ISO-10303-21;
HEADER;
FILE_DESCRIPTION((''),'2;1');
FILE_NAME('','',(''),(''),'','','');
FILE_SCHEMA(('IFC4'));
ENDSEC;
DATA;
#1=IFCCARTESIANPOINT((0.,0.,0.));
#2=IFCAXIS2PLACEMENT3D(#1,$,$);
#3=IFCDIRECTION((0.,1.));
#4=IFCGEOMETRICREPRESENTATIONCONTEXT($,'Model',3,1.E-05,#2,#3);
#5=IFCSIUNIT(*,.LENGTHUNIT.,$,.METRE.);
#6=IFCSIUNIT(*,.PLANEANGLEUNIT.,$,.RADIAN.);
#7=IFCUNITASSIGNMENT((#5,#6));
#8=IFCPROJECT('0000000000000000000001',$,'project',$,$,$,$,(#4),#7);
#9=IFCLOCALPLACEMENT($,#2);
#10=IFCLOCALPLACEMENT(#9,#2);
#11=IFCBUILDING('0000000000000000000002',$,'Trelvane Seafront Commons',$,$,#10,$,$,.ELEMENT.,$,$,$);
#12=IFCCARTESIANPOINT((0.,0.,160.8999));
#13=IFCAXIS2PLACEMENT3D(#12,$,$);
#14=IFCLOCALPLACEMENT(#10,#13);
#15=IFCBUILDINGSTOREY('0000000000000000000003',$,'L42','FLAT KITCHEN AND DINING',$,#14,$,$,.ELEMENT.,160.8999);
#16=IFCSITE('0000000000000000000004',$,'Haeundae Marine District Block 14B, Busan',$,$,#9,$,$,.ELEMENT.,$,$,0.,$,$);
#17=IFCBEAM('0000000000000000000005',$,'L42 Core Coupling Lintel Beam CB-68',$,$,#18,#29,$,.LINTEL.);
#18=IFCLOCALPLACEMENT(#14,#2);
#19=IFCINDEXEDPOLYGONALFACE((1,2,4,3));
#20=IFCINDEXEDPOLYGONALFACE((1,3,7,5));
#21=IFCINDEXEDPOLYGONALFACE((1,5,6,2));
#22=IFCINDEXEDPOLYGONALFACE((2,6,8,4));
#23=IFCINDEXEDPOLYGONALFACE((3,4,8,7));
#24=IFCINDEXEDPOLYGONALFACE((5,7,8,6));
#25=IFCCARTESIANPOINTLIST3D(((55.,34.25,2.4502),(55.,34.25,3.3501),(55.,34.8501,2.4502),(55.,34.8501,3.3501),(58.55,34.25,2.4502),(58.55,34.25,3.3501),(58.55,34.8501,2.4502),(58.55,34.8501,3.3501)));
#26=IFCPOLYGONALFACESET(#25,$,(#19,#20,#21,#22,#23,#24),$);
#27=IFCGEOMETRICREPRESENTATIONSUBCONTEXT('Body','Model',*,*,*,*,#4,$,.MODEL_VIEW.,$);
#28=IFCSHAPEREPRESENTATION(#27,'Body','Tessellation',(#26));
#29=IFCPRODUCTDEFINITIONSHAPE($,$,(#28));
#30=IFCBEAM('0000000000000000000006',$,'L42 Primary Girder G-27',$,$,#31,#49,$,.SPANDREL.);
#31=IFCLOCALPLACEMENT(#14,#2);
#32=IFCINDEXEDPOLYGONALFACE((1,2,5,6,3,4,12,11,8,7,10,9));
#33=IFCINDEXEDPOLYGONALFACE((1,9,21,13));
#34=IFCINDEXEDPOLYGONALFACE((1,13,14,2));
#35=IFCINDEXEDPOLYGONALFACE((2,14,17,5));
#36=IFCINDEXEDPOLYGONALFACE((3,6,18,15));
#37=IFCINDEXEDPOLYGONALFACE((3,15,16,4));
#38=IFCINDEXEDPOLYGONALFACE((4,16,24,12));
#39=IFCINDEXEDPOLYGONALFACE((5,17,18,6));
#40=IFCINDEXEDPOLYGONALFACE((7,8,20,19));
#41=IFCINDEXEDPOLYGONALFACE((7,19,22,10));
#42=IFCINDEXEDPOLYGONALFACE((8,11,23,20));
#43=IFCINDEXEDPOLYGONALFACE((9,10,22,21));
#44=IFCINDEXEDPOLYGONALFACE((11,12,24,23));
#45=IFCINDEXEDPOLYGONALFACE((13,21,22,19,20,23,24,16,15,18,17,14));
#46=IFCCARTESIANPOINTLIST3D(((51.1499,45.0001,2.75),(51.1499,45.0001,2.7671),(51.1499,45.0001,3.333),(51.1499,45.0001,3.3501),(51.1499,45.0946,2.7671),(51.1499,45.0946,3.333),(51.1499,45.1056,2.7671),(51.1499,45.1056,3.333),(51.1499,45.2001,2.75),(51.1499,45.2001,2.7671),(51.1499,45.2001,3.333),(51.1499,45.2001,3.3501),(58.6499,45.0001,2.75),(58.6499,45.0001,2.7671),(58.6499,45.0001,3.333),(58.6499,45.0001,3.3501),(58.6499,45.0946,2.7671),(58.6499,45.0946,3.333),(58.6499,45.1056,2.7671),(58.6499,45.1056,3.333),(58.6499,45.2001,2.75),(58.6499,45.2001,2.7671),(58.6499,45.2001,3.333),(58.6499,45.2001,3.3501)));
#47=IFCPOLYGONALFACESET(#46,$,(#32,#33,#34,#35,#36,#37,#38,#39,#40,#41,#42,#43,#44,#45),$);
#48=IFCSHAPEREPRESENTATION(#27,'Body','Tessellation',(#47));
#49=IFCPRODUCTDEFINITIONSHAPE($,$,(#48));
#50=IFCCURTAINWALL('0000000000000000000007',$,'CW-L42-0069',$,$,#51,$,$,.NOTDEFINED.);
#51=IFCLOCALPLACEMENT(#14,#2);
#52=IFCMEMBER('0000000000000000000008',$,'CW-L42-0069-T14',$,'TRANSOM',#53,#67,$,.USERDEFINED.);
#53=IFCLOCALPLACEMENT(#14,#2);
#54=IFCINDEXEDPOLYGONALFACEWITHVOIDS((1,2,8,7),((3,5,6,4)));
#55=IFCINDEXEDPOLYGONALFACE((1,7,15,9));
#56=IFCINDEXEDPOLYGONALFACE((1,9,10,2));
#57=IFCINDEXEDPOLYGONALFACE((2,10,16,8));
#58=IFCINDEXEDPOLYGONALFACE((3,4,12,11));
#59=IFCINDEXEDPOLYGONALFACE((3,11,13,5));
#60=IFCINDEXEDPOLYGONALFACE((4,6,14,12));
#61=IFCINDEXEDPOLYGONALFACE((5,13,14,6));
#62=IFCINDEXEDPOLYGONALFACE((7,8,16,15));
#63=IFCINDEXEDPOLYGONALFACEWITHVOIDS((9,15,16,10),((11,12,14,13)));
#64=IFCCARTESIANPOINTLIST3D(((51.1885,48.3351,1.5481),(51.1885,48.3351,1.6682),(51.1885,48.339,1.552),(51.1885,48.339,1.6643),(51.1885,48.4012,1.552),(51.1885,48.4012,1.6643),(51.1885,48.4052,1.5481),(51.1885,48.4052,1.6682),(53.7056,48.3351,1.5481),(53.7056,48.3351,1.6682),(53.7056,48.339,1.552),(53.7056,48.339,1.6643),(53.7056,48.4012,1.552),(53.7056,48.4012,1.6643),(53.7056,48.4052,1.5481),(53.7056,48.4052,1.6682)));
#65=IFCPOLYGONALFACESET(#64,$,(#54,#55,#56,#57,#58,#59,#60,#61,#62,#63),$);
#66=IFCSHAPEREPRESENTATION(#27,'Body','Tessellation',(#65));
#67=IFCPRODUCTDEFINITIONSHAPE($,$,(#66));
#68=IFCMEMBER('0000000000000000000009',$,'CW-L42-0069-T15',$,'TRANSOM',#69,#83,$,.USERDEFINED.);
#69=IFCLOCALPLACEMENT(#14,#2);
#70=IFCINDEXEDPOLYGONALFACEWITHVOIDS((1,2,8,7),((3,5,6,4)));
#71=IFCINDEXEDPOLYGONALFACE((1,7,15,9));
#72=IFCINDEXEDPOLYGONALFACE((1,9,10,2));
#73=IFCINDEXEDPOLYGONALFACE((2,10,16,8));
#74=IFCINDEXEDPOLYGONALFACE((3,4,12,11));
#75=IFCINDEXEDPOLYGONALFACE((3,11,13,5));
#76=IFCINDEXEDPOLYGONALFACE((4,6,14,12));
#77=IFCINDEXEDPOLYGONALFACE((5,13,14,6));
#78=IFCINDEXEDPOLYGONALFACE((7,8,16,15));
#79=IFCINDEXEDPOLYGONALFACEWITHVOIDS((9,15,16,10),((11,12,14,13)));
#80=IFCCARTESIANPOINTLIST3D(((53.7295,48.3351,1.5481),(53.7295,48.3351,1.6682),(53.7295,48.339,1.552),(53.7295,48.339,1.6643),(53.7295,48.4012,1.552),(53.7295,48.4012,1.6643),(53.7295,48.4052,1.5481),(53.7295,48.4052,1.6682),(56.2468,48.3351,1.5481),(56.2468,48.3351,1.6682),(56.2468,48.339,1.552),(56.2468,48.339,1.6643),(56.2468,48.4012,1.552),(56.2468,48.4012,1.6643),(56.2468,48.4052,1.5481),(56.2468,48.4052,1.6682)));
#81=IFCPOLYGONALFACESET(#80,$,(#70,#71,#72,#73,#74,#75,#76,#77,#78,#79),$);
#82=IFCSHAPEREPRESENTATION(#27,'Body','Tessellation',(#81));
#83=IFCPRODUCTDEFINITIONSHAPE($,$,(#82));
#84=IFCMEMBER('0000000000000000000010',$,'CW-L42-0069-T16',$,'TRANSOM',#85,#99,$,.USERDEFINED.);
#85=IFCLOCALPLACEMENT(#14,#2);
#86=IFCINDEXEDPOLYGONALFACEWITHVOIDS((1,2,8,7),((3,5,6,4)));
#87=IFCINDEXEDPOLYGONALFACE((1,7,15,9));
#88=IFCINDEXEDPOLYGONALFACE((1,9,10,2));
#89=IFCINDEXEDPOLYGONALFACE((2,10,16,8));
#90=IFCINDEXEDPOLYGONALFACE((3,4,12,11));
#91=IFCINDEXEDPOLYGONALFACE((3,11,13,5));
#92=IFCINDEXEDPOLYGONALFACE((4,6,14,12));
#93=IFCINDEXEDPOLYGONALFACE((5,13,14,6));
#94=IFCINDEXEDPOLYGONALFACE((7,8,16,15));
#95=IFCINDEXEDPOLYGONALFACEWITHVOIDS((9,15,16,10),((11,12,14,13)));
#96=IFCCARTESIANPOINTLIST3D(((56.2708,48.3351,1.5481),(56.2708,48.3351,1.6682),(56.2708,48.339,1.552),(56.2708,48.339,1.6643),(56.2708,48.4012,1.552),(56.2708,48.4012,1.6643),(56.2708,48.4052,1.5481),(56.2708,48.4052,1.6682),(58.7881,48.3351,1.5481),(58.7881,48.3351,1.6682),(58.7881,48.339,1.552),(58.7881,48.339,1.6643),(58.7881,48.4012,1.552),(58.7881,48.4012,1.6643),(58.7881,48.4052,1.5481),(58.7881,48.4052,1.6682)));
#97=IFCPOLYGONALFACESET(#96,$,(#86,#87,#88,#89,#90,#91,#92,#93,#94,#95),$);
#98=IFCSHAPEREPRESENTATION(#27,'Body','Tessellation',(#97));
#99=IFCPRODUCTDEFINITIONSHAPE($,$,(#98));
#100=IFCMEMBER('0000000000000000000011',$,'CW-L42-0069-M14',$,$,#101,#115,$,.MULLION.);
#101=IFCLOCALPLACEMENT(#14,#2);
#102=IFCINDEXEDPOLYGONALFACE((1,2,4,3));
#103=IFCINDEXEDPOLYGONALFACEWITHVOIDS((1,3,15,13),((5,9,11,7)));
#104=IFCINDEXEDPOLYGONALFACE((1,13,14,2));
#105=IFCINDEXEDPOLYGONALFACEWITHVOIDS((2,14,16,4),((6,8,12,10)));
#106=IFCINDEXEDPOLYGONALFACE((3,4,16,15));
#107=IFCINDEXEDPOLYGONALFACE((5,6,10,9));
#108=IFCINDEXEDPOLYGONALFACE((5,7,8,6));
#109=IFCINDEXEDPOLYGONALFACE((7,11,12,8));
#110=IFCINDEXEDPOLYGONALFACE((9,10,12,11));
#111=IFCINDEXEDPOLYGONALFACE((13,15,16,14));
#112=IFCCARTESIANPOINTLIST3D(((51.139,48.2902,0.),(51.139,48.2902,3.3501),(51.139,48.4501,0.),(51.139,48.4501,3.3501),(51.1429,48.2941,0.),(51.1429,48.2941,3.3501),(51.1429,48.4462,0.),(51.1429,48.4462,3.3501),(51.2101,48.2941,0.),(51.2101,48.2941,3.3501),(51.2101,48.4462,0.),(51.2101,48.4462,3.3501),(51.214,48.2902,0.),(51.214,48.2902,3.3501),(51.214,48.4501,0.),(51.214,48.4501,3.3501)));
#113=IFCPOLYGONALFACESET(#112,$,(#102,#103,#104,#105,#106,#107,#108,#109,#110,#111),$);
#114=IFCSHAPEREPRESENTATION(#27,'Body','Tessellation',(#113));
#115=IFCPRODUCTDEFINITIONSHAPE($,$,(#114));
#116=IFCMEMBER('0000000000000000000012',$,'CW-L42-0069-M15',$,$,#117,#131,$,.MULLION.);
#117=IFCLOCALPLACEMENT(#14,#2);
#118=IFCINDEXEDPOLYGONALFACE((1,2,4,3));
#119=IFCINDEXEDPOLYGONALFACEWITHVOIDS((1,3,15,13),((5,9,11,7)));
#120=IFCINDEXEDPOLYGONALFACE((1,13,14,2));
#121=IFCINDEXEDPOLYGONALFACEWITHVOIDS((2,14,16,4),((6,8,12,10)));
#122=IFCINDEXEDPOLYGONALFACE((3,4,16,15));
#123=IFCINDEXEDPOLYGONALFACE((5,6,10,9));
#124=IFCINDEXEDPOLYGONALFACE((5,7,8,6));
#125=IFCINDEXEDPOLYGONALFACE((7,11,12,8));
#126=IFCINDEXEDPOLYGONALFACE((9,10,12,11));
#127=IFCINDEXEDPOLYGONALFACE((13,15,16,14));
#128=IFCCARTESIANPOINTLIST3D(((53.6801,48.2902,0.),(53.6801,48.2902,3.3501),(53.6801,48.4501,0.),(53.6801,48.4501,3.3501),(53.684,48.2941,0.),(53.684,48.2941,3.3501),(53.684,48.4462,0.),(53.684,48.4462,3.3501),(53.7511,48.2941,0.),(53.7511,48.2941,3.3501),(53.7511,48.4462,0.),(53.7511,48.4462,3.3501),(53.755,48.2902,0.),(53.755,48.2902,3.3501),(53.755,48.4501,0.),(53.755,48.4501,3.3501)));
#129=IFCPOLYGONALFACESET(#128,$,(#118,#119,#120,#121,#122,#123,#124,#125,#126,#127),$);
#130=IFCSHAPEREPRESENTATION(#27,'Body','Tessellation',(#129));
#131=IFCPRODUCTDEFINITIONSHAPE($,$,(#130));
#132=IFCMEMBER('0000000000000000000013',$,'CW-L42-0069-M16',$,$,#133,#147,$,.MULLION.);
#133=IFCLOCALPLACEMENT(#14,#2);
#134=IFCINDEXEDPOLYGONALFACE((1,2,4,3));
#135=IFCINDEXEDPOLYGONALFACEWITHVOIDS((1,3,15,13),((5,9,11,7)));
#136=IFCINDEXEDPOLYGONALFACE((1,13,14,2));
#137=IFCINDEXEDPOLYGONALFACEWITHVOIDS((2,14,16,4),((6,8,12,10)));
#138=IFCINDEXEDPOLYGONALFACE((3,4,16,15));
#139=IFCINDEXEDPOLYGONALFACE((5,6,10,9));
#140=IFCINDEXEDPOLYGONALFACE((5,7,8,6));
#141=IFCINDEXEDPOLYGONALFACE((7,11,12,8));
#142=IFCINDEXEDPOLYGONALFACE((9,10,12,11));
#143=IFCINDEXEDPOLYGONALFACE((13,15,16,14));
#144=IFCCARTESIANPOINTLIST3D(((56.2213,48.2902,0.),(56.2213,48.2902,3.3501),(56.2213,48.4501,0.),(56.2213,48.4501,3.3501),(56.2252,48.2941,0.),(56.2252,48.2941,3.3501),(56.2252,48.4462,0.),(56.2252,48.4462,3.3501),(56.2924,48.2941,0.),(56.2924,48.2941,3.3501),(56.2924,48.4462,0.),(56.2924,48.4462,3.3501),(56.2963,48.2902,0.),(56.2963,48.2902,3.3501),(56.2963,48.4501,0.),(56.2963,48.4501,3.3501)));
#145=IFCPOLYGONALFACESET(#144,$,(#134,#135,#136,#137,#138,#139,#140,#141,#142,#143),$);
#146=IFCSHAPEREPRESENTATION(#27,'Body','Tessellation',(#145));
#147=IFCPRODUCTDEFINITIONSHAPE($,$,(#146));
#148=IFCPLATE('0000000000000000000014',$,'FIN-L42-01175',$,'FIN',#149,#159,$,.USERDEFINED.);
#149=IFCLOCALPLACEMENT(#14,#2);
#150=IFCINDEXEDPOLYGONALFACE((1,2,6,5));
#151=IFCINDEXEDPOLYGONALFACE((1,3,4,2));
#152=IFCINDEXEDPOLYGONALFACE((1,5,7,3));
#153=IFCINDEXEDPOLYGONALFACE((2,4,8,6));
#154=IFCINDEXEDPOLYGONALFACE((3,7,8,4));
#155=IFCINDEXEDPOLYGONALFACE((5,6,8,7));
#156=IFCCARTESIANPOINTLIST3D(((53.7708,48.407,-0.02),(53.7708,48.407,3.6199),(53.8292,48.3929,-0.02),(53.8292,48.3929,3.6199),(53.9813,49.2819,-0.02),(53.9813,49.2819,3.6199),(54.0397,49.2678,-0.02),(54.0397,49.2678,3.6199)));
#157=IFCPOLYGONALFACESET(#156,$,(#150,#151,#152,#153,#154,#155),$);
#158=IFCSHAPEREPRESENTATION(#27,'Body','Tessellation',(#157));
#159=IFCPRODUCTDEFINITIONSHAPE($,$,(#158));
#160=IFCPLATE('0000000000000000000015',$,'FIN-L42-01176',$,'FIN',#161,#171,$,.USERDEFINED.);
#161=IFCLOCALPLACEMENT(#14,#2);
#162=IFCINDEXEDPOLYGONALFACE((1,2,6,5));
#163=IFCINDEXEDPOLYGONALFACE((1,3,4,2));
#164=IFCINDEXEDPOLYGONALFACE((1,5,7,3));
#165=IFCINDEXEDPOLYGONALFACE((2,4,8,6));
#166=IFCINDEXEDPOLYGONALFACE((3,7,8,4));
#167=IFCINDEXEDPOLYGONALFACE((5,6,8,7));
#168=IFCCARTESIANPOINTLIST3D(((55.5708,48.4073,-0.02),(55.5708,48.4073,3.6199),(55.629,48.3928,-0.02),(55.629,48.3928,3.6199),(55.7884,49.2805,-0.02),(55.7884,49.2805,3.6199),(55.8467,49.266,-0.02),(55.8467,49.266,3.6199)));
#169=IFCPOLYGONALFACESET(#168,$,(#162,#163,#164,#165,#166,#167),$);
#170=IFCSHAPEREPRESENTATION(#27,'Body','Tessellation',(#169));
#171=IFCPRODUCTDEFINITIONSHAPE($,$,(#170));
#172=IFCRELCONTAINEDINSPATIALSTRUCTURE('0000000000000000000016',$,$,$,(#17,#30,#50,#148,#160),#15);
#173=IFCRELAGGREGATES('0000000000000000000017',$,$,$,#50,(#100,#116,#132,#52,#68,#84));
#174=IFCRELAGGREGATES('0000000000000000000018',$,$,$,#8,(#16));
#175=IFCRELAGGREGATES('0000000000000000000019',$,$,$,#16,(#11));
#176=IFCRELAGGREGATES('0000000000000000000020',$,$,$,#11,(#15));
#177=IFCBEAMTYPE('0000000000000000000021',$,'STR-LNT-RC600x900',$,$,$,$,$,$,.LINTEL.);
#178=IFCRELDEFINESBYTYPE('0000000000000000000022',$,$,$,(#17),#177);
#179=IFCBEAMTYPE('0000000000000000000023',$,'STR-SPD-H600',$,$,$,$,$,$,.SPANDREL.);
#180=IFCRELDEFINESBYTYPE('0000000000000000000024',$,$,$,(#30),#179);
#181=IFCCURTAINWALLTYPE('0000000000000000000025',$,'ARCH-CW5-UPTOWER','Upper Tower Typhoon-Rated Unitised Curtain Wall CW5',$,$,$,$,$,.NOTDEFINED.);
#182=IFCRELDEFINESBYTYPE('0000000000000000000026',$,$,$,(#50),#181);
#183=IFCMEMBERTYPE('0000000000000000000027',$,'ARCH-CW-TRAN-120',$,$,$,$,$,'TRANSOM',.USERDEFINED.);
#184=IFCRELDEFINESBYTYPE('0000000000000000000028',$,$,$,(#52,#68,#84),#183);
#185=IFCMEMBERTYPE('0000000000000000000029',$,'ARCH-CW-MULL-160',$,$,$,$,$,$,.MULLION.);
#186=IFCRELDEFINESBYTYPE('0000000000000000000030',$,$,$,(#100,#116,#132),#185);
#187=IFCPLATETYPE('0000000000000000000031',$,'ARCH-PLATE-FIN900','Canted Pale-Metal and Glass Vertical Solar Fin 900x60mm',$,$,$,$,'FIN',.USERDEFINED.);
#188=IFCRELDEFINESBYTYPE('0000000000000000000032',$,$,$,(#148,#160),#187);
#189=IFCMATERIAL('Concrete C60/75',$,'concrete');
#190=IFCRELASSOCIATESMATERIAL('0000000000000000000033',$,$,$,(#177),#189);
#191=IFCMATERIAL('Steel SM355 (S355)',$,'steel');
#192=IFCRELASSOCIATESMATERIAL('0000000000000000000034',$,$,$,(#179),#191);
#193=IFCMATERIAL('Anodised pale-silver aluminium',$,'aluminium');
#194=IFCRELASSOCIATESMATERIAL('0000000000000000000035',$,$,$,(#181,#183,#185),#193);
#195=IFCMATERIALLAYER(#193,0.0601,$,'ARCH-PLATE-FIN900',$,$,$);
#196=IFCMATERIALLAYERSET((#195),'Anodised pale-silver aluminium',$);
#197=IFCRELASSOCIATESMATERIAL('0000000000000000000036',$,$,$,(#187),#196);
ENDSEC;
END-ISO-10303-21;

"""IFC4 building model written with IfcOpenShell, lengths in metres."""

from ifc_helpers import new_model, si_unit, direction, frame, origin, origin_2d, place, context, subcontext, project, spatial, rectangle, hollow_rectangle, i_section, extrude, source, transform, mapped, material, layer, layer_set, material_profile, profile_set, type_object, element, aggregate, save


model = new_model("IFC4")

# Units and contexts
model_context = context("Model", 3, precision=1e-05, world=origin(), true_north=direction((0.0, 1.0)))
body_context = subcontext(model_context, "Body", "Model", "MODEL_VIEW")
ifc_project = project(units=[si_unit("LENGTHUNIT", "METRE"), si_unit("PLANEANGLEUNIT", "RADIAN")], contexts=[model_context])

# Site, building, storey
site_placement = place(None, origin())
site = spatial("IfcSite", under=ifc_project, at=site_placement, Name="Haeundae Marine District Block 14B, Busan", CompositionType="ELEMENT", RefElevation=0.0)
building_placement = place(site_placement, origin())
building = spatial("IfcBuilding", under=site, at=building_placement, Name="Trelvane Seafront Commons", CompositionType="ELEMENT")
storey_placement = place(building_placement, frame((0.0, 0.0, 160.8999)))
storey = spatial("IfcBuildingStorey", under=building, at=storey_placement, Name="L42", Description="FLAT KITCHEN AND DINING", CompositionType="ELEMENT", Elevation=160.8999)

# Beams
ifc_material_1 = material(Name="Concrete C60/75", Category="concrete")
ifc_material_profile_1 = material_profile(ifc_material_1, rectangle(XDim=0.6001, YDim=0.8999, at=origin_2d()), Name="RC-600x900")
ifc_profile_set_1 = profile_set([ifc_material_profile_1], Name="Concrete C60/75")
beam_type_1 = type_object("IfcBeamType", Name="STR-LNT-RC600x900", PredefinedType="LINTEL", material=ifc_profile_set_1)
shared_shape_1 = source(origin(), body_context, "Body", "SweptSolid", [
    extrude(rectangle(XDim=0.6001, YDim=0.8999, at=origin_2d()), origin(), (0.0, 0.0, 1.0), 3.55),
])
beam_1_placement = place(storey_placement, frame((55.0, 34.55, 2.9001), z_axis=(1.0, 0.0, 0.0), x_axis=(0.0, 1.0, 0.0)))
element("IfcBeam", 1, at=beam_1_placement, inside=storey, type_object=beam_type_1, Name="L42 Core Coupling Lintel Beam CB-68", PredefinedType="LINTEL", context=body_context, shape_type="MappedRepresentation", body=[
    mapped(shared_shape_1, transform((0.0, 0.0, 0.0), x_axis=(1.0, 0.0, 0.0), y_axis=(0.0, 1.0, 0.0), z_axis=(0.0, 0.0, 1.0), scale=1.0)),
])
ifc_material_2 = material(Name="Steel SM355 (S355)", Category="steel")
ifc_material_profile_2 = material_profile(ifc_material_2, i_section(OverallWidth=0.2, OverallDepth=0.6001, WebThickness=0.011, FlangeThickness=0.0171, at=origin_2d()), Name="H-600x200x11x17")
ifc_profile_set_2 = profile_set([ifc_material_profile_2], Name="Steel SM355 (S355)")
beam_type_2 = type_object("IfcBeamType", Name="STR-SPD-H600", PredefinedType="SPANDREL", material=ifc_profile_set_2)
shared_shape_2 = source(origin(), body_context, "Body", "SweptSolid", [
    extrude(i_section(OverallWidth=0.2, OverallDepth=0.6001, WebThickness=0.011, FlangeThickness=0.0171, at=origin_2d()), origin(), (0.0, 0.0, 1.0), 7.5),
])
beam_2_placement = place(storey_placement, frame((51.1499, 45.1001, 3.05), z_axis=(1.0, 0.0, 0.0), x_axis=(0.0, 1.0, 0.0)))
element("IfcBeam", 2, at=beam_2_placement, inside=storey, type_object=beam_type_2, Name="L42 Primary Girder G-27", PredefinedType="SPANDREL", context=body_context, shape_type="MappedRepresentation", body=[
    mapped(shared_shape_2, transform((0.0, 0.0, 0.0), x_axis=(1.0, 0.0, 0.0), y_axis=(0.0, 1.0, 0.0), z_axis=(0.0, 0.0, 1.0), scale=1.0)),
])

# Curtain wall, members
ifc_material_3 = material(Name="Anodised pale-silver aluminium", Category="aluminium")
curtain_wall_type = type_object("IfcCurtainWallType", Name="ARCH-CW5-UPTOWER", Description="Upper Tower Typhoon-Rated Unitised Curtain Wall CW5", PredefinedType="NOTDEFINED", material=ifc_material_3)
curtain_wall_placement = place(storey_placement, origin())
curtain_wall = element("IfcCurtainWall", 3, at=curtain_wall_placement, inside=storey, type_object=curtain_wall_type, Name="CW-L42-0069", PredefinedType="NOTDEFINED")
ifc_material_profile_3 = material_profile(ifc_material_3, hollow_rectangle(XDim=0.0701, YDim=0.1201, WallThickness=0.0039, at=origin_2d()), Name="TRAN-70x120x4")
ifc_profile_set_3 = profile_set([ifc_material_profile_3], Name="Anodised pale-silver aluminium")
member_type_1 = type_object("IfcMemberType", Name="ARCH-CW-TRAN-120", ElementType="TRANSOM", PredefinedType="USERDEFINED", material=ifc_profile_set_3)
shared_shape_3 = source(origin(), body_context, "Body", "SweptSolid", [
    extrude(hollow_rectangle(XDim=0.0701, YDim=0.1201, WallThickness=0.0039, at=origin_2d()), origin(), (0.0, 0.0, 1.0), 2.5171),
])
member_1_placement = place(storey_placement, frame((51.1885, 48.3701, 1.6082), z_axis=(1.0, 0.0, 0.0), x_axis=(0.0, 1.0, 0.0)))
member_1 = element("IfcMember", 4, at=member_1_placement, type_object=member_type_1, Name="CW-L42-0069-T14", ObjectType="TRANSOM", PredefinedType="USERDEFINED", context=body_context, shape_type="MappedRepresentation", body=[
    mapped(shared_shape_3, transform((0.0, 0.0, 0.0), x_axis=(1.0, 0.0, 0.0), y_axis=(0.0, 1.0, 0.0), z_axis=(0.0, 0.0, 1.0), scale=1.0)),
])
shared_shape_4 = source(origin(), body_context, "Body", "SweptSolid", [
    extrude(hollow_rectangle(XDim=0.0701, YDim=0.1201, WallThickness=0.0039, at=origin_2d()), origin(), (0.0, 0.0, 1.0), 2.5173),
])
member_2_placement = place(storey_placement, frame((53.7295, 48.3701, 1.6082), z_axis=(1.0, 0.0, 0.0), x_axis=(0.0, 1.0, 0.0)))
member_2 = element("IfcMember", 5, at=member_2_placement, type_object=member_type_1, Name="CW-L42-0069-T15", ObjectType="TRANSOM", PredefinedType="USERDEFINED", context=body_context, shape_type="MappedRepresentation", body=[
    mapped(shared_shape_4, transform((0.0, 0.0, 0.0), x_axis=(1.0, 0.0, 0.0), y_axis=(0.0, 1.0, 0.0), z_axis=(0.0, 0.0, 1.0), scale=1.0)),
])
member_3_placement = place(storey_placement, frame((56.2708, 48.3701, 1.6082), z_axis=(1.0, 0.0, 0.0), x_axis=(0.0, 1.0, 0.0)))
member_3 = element("IfcMember", 6, at=member_3_placement, type_object=member_type_1, Name="CW-L42-0069-T16", ObjectType="TRANSOM", PredefinedType="USERDEFINED", context=body_context, shape_type="MappedRepresentation", body=[
    mapped(shared_shape_4, transform((0.0, 0.0, 0.0), x_axis=(1.0, 0.0, 0.0), y_axis=(0.0, 1.0, 0.0), z_axis=(0.0, 0.0, 1.0), scale=1.0)),
])
ifc_material_profile_4 = material_profile(ifc_material_3, hollow_rectangle(XDim=0.075, YDim=0.1599, WallThickness=0.0039, at=origin_2d()), Name="MULL-75x160x4")
ifc_profile_set_4 = profile_set([ifc_material_profile_4], Name="Anodised pale-silver aluminium")
member_type_2 = type_object("IfcMemberType", Name="ARCH-CW-MULL-160", PredefinedType="MULLION", material=ifc_profile_set_4)
shared_shape_5 = source(origin(), body_context, "Body", "SweptSolid", [
    extrude(hollow_rectangle(XDim=0.075, YDim=0.1599, WallThickness=0.0039, at=origin_2d()), origin(), (0.0, 0.0, 1.0), 3.3501),
])
member_4_placement = place(storey_placement, frame((51.1765, 48.3701, 0.0), z_axis=(0.0, 0.0, 1.0), x_axis=(1.0, 0.0, 0.0)))
member_4 = element("IfcMember", 7, at=member_4_placement, type_object=member_type_2, Name="CW-L42-0069-M14", PredefinedType="MULLION", context=body_context, shape_type="MappedRepresentation", body=[
    mapped(shared_shape_5, transform((0.0, 0.0, 0.0), x_axis=(1.0, 0.0, 0.0), y_axis=(0.0, 1.0, 0.0), z_axis=(0.0, 0.0, 1.0), scale=1.0)),
])
member_5_placement = place(storey_placement, frame((53.7175, 48.3701, 0.0), z_axis=(0.0, 0.0, 1.0), x_axis=(1.0, 0.0, 0.0)))
member_5 = element("IfcMember", 8, at=member_5_placement, type_object=member_type_2, Name="CW-L42-0069-M15", PredefinedType="MULLION", context=body_context, shape_type="MappedRepresentation", body=[
    mapped(shared_shape_5, transform((0.0, 0.0, 0.0), x_axis=(1.0, 0.0, 0.0), y_axis=(0.0, 1.0, 0.0), z_axis=(0.0, 0.0, 1.0), scale=1.0)),
])
member_6_placement = place(storey_placement, frame((56.2588, 48.3701, 0.0), z_axis=(0.0, 0.0, 1.0), x_axis=(1.0, 0.0, 0.0)))
member_6 = element("IfcMember", 9, at=member_6_placement, type_object=member_type_2, Name="CW-L42-0069-M16", PredefinedType="MULLION", context=body_context, shape_type="MappedRepresentation", body=[
    mapped(shared_shape_5, transform((0.0, 0.0, 0.0), x_axis=(1.0, 0.0, 0.0), y_axis=(0.0, 1.0, 0.0), z_axis=(0.0, 0.0, 1.0), scale=1.0)),
])

# Plates
ifc_layer_1 = layer(ifc_material_3, 0.0601, Name="ARCH-PLATE-FIN900")
ifc_layer_set_1 = layer_set([ifc_layer_1], Name="Anodised pale-silver aluminium")
plate_type_1 = type_object("IfcPlateType", Name="ARCH-PLATE-FIN900", Description="Canted Pale-Metal and Glass Vertical Solar Fin 900x60mm", ElementType="FIN", PredefinedType="USERDEFINED", material=ifc_layer_set_1)
shared_shape_6 = source(origin(), body_context, "Body", "SweptSolid", [
    extrude(rectangle(XDim=0.8999, YDim=0.0601, at=origin_2d()), origin(), (0.0, 0.0, 1.0), 3.6399),
])
for number, where, z_axis, x_axis, name in (
    (10, (53.9053, 48.8374, -0.02), (0.0, 0.0, 1.0), (0.233898, 0.972261, 0.0), "FIN-L42-01175"),
    (11, (55.7087, 48.8367, -0.02), (0.0, 0.0, 1.0), (0.241881, 0.970306, 0.0), "FIN-L42-01176"),
):
    element("IfcPlate", number, at=place(storey_placement, frame(where, z_axis=z_axis, x_axis=x_axis)), inside=storey, type_object=plate_type_1, Name=name, ObjectType="FIN", PredefinedType="USERDEFINED", context=body_context, shape_type="MappedRepresentation", body=[
        mapped(shared_shape_6, transform((0.0, 0.0, 0.0), x_axis=(1.0, 0.0, 0.0), y_axis=(0.0, 1.0, 0.0), z_axis=(0.0, 0.0, 1.0), scale=1.0)),
    ])

aggregate(curtain_wall, [member_4, member_5, member_6, member_1, member_2, member_3])

save(model, "model.ifc")
